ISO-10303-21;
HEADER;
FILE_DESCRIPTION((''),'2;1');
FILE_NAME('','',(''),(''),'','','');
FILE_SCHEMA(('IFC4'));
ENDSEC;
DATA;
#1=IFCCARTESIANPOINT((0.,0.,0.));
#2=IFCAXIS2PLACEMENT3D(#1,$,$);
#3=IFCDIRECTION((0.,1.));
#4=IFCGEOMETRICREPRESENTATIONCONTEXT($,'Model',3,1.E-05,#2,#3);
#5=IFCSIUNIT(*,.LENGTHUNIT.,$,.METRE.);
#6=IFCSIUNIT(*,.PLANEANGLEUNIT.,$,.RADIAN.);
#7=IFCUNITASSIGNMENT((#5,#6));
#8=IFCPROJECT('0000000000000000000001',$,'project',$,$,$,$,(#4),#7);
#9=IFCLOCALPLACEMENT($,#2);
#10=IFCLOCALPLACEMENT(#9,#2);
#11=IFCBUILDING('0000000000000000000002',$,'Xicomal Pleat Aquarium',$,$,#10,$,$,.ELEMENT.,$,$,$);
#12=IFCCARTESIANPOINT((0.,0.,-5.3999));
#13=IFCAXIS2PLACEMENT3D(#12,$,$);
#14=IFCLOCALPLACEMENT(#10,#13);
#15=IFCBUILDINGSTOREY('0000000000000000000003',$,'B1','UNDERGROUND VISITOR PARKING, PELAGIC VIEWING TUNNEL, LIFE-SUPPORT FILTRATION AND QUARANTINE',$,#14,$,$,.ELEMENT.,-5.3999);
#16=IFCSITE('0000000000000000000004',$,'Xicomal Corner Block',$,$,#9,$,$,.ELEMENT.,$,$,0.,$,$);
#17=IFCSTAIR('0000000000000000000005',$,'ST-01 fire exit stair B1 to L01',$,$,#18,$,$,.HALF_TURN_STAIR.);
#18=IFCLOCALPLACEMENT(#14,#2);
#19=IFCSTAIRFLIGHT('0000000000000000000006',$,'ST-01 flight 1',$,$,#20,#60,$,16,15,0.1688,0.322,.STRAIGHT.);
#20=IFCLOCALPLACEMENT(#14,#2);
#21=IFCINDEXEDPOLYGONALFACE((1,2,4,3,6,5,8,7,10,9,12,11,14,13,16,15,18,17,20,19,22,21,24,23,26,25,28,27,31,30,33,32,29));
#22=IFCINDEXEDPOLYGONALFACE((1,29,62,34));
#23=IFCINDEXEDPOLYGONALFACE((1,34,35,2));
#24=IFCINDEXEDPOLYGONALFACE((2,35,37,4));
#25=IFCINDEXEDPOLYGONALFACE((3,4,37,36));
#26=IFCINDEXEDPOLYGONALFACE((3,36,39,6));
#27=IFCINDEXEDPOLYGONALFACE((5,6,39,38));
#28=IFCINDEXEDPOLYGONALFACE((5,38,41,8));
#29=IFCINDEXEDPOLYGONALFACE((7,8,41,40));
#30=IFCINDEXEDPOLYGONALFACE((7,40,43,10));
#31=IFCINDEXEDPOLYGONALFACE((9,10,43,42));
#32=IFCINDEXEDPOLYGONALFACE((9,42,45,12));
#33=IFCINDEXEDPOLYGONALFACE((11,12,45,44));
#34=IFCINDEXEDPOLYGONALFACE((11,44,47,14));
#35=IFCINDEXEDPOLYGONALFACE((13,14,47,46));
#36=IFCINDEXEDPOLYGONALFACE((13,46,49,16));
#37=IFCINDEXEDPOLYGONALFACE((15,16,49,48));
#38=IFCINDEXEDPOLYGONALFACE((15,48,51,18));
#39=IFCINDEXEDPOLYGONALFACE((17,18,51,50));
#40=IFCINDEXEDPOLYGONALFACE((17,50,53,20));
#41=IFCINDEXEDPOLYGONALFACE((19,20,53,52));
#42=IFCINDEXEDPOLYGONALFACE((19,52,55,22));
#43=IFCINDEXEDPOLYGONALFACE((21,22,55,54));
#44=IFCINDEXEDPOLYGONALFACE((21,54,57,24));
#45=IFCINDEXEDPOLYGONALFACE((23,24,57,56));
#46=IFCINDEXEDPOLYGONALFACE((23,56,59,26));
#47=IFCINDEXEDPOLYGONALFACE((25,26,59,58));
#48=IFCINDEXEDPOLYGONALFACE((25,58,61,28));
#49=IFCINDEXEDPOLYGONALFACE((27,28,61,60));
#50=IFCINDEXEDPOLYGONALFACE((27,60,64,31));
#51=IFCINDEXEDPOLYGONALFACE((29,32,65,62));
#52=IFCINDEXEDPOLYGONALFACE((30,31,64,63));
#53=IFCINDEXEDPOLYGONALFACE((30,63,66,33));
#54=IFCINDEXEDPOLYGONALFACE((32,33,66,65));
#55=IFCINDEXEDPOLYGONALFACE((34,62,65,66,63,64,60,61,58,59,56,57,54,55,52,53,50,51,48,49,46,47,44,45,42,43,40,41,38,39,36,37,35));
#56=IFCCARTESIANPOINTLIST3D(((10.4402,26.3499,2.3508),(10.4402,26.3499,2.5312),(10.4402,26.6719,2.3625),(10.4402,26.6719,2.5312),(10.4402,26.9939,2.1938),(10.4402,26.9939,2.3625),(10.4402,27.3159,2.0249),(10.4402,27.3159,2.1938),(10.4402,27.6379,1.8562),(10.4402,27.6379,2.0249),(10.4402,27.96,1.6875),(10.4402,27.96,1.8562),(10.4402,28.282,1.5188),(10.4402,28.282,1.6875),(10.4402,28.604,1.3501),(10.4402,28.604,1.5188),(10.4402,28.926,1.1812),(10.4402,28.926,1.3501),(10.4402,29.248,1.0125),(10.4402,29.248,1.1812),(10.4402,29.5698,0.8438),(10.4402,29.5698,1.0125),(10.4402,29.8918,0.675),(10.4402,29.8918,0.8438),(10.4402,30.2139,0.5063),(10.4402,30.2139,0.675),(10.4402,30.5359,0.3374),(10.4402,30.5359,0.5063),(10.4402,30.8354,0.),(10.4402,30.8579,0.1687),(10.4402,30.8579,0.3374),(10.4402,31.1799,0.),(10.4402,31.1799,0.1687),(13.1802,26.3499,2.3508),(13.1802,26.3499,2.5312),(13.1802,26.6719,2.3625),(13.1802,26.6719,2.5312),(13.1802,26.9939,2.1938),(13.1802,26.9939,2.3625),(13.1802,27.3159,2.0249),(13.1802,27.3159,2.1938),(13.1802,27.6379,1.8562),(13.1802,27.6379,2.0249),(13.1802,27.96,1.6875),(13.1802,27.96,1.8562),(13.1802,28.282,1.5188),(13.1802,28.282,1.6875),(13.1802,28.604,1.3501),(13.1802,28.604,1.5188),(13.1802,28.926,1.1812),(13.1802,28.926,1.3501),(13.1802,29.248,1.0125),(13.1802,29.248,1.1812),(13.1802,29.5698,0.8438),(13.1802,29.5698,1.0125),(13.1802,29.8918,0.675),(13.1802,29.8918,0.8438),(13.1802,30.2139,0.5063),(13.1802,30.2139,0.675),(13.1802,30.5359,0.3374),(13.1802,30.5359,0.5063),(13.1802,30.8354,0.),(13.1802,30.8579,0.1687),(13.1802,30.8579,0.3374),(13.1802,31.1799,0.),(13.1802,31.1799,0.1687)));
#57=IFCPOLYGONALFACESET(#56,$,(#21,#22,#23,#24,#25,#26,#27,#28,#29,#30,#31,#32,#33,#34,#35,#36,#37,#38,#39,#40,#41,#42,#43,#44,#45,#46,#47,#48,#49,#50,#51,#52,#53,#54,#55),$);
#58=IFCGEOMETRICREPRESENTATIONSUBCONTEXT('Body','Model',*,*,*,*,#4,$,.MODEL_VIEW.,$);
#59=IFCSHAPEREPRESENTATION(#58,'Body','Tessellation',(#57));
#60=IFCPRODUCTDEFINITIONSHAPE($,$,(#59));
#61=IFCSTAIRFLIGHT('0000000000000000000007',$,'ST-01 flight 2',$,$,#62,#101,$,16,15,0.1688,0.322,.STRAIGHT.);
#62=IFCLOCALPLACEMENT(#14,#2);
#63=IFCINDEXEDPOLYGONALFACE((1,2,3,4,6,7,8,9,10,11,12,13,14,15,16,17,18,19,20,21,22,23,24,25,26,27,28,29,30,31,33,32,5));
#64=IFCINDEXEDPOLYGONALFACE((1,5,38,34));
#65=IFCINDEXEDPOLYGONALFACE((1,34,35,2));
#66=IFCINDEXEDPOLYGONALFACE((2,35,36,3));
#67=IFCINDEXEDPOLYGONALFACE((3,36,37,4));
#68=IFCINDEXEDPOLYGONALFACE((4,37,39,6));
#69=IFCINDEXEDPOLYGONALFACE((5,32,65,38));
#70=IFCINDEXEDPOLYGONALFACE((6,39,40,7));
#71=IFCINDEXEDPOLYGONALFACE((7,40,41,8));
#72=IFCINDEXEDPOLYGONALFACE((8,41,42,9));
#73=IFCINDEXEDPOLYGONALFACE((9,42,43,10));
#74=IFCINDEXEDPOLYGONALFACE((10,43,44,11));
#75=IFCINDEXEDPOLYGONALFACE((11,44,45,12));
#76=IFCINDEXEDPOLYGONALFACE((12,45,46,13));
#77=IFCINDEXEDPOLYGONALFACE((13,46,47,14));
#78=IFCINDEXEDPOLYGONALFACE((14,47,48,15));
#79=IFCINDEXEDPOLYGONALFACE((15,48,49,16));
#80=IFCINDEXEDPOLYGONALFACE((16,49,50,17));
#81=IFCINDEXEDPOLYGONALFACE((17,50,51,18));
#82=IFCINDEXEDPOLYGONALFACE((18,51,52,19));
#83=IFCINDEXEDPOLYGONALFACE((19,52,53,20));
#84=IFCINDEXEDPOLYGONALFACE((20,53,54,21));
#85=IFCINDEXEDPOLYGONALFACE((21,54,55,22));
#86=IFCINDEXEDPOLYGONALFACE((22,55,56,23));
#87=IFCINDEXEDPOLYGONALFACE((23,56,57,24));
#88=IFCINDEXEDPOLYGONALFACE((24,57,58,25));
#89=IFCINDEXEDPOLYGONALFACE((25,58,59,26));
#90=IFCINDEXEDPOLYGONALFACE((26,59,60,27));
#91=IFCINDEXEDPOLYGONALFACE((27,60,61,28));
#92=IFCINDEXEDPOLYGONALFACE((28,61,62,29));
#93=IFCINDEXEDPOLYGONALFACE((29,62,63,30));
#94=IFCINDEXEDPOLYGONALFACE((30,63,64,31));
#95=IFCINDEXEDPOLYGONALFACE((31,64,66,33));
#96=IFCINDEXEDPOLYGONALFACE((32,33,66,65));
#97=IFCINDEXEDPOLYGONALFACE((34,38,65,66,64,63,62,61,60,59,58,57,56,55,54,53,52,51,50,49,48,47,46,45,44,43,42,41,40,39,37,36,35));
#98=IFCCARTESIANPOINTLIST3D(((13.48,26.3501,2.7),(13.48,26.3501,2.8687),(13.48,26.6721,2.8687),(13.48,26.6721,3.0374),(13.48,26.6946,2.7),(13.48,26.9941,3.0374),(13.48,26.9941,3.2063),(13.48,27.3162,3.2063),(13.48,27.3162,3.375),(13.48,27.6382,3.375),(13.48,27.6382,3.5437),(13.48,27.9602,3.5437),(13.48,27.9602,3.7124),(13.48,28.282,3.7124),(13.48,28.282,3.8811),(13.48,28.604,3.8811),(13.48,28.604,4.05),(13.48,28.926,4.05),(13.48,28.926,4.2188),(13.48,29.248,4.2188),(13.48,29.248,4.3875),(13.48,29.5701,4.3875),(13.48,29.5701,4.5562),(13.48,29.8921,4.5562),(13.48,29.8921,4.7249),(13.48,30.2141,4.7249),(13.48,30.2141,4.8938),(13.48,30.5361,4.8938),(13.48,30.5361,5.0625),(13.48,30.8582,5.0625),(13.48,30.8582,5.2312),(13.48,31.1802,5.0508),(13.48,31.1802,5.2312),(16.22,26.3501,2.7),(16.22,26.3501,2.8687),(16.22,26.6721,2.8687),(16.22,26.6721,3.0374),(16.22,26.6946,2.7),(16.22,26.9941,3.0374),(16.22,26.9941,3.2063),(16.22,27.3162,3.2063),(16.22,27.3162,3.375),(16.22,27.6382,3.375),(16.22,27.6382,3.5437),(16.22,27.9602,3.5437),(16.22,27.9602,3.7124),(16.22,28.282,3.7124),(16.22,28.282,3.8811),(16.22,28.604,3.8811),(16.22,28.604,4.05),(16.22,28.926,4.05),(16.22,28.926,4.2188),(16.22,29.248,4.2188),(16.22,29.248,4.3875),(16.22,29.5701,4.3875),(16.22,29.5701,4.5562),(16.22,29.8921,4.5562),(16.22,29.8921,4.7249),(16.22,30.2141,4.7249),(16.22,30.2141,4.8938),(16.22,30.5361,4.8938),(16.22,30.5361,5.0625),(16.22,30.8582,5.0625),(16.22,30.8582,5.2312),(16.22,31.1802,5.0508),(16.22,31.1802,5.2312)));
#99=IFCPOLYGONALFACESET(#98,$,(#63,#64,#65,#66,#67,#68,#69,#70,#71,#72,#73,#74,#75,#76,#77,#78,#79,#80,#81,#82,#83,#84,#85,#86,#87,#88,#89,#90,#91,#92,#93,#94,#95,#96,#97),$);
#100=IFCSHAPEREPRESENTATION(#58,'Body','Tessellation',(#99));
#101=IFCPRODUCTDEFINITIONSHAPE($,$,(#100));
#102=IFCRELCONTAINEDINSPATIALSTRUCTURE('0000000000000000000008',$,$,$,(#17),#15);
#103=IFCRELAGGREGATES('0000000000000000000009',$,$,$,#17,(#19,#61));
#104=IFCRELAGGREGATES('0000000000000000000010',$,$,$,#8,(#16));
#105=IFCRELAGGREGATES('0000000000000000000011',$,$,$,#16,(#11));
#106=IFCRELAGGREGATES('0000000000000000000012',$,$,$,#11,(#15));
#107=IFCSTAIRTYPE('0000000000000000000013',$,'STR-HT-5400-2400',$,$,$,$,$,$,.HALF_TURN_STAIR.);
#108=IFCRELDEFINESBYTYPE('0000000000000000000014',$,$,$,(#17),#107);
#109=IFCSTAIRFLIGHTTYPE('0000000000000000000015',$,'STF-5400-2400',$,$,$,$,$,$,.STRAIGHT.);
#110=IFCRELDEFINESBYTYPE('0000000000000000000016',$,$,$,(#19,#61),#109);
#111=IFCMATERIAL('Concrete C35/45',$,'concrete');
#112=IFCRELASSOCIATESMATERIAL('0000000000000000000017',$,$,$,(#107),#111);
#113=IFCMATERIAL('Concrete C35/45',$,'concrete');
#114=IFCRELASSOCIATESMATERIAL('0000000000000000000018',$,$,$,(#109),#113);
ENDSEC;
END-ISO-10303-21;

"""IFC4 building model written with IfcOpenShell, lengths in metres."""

from ifc_helpers import new_model, si_unit, direction, frame, origin, place, context, subcontext, project, spatial, polyline, outline, extrude, material, type_object, element, aggregate, save


model = new_model("IFC4")

# Units and contexts
model_context = context("Model", 3, precision=1e-05, world=origin(), true_north=direction((0.0, 1.0)))
body_context = subcontext(model_context, "Body", "Model", "MODEL_VIEW")
ifc_project = project(units=[si_unit("LENGTHUNIT", "METRE"), si_unit("PLANEANGLEUNIT", "RADIAN")], contexts=[model_context])

# Site, building, storey
site_placement = place(None, origin())
site = spatial("IfcSite", under=ifc_project, at=site_placement, Name="Xicomal Corner Block", CompositionType="ELEMENT", RefElevation=0.0)
building_placement = place(site_placement, origin())
building = spatial("IfcBuilding", under=site, at=building_placement, Name="Xicomal Pleat Aquarium", CompositionType="ELEMENT")
storey_placement = place(building_placement, frame((0.0, 0.0, -5.3999)))
storey = spatial("IfcBuildingStorey", under=building, at=storey_placement, Name="B1", Description="UNDERGROUND VISITOR PARKING, PELAGIC VIEWING TUNNEL, LIFE-SUPPORT FILTRATION AND QUARANTINE", CompositionType="ELEMENT", Elevation=-5.3999)

# Stair, stair flights
ifc_material_1 = material(Name="Concrete C35/45", Category="concrete")
stair_type = type_object("IfcStairType", Name="STR-HT-5400-2400", PredefinedType="HALF_TURN_STAIR", material=ifc_material_1)
stair_placement = place(storey_placement, origin())
stair = element("IfcStair", 1, at=stair_placement, inside=storey, type_object=stair_type, Name="ST-01 fire exit stair B1 to L01", PredefinedType="HALF_TURN_STAIR")
ifc_material_2 = material(Name="Concrete C35/45", Category="concrete")
stair_flight_type = type_object("IfcStairFlightType", Name="STF-5400-2400", PredefinedType="STRAIGHT", material=ifc_material_2)
stair_flight_1_placement = place(storey_placement, frame((11.8101, 31.1799, 0.0), z_axis=(0.0, 0.0, 1.0), x_axis=(0.0, -1.0, 0.0)))
stair_flight_1 = element("IfcStairFlight", 2, at=stair_flight_1_placement, type_object=stair_flight_type, Name="ST-01 flight 1", NumberOfRisers=16, NumberOfTreads=15, PredefinedType="STRAIGHT", RiserHeight=0.1688, TreadLength=0.322, context=body_context, shape_type="SweptSolid", body=[
    extrude(outline(polyline([(0.0, 0.0), (0.0, 0.1687), (0.322, 0.1687), (0.322, 0.3374), (0.644, 0.3374), (0.644, 0.5063), (0.9661, 0.5063), (0.9661, 0.675), (1.2881, 0.675), (1.2881, 0.8438), (1.6101, 0.8438), (1.6101, 1.0125), (1.9319, 1.0125), (1.9319, 1.1812), (2.2539, 1.1812), (2.2539, 1.3501), (2.5759, 1.3501), (2.5759, 1.5188), (2.8979, 1.5188), (2.8979, 1.6875), (3.22, 1.6875), (3.22, 1.8562), (3.542, 1.8562), (3.542, 2.0249), (3.864, 2.0249), (3.864, 2.1938), (4.186, 2.1938), (4.186, 2.3625), (4.5081, 2.3625), (4.5081, 2.5312), (4.8301, 2.5312), (4.8301, 2.7), (4.8301, 2.3508), (0.3445, 0.0), (0.0, 0.0)])), frame((0.0, 1.3701, 0.0), z_axis=(0.0, -1.0, 0.0), x_axis=(1.0, 0.0, 0.0)), (0.0, 0.0, 1.0), 2.74),
])
stair_flight_2_placement = place(storey_placement, frame((14.8501, 26.3501, 2.7), z_axis=(0.0, 0.0, 1.0), x_axis=(0.0, 1.0, 0.0)))
stair_flight_2 = element("IfcStairFlight", 3, at=stair_flight_2_placement, type_object=stair_flight_type, Name="ST-01 flight 2", NumberOfRisers=16, NumberOfTreads=15, PredefinedType="STRAIGHT", RiserHeight=0.1688, TreadLength=0.322, context=body_context, shape_type="SweptSolid", body=[
    extrude(outline(polyline([(0.0, 0.0), (0.0, 0.1687), (0.322, 0.1687), (0.322, 0.3374), (0.644, 0.3374), (0.644, 0.5063), (0.9661, 0.5063), (0.9661, 0.675), (1.2881, 0.675), (1.2881, 0.8438), (1.6101, 0.8438), (1.6101, 1.0125), (1.9319, 1.0125), (1.9319, 1.1812), (2.2539, 1.1812), (2.2539, 1.3501), (2.5759, 1.3501), (2.5759, 1.5188), (2.8979, 1.5188), (2.8979, 1.6875), (3.22, 1.6875), (3.22, 1.8562), (3.542, 1.8562), (3.542, 2.0249), (3.864, 2.0249), (3.864, 2.1938), (4.186, 2.1938), (4.186, 2.3625), (4.5081, 2.3625), (4.5081, 2.5312), (4.8301, 2.5312), (4.8301, 2.7), (4.8301, 2.3508), (0.3445, 0.0), (0.0, 0.0)])), frame((0.0, 1.3701, 0.0), z_axis=(0.0, -1.0, 0.0), x_axis=(1.0, 0.0, 0.0)), (0.0, 0.0, 1.0), 2.74),
])
aggregate(stair, [stair_flight_1, stair_flight_2])

save(model, "model.ifc")
